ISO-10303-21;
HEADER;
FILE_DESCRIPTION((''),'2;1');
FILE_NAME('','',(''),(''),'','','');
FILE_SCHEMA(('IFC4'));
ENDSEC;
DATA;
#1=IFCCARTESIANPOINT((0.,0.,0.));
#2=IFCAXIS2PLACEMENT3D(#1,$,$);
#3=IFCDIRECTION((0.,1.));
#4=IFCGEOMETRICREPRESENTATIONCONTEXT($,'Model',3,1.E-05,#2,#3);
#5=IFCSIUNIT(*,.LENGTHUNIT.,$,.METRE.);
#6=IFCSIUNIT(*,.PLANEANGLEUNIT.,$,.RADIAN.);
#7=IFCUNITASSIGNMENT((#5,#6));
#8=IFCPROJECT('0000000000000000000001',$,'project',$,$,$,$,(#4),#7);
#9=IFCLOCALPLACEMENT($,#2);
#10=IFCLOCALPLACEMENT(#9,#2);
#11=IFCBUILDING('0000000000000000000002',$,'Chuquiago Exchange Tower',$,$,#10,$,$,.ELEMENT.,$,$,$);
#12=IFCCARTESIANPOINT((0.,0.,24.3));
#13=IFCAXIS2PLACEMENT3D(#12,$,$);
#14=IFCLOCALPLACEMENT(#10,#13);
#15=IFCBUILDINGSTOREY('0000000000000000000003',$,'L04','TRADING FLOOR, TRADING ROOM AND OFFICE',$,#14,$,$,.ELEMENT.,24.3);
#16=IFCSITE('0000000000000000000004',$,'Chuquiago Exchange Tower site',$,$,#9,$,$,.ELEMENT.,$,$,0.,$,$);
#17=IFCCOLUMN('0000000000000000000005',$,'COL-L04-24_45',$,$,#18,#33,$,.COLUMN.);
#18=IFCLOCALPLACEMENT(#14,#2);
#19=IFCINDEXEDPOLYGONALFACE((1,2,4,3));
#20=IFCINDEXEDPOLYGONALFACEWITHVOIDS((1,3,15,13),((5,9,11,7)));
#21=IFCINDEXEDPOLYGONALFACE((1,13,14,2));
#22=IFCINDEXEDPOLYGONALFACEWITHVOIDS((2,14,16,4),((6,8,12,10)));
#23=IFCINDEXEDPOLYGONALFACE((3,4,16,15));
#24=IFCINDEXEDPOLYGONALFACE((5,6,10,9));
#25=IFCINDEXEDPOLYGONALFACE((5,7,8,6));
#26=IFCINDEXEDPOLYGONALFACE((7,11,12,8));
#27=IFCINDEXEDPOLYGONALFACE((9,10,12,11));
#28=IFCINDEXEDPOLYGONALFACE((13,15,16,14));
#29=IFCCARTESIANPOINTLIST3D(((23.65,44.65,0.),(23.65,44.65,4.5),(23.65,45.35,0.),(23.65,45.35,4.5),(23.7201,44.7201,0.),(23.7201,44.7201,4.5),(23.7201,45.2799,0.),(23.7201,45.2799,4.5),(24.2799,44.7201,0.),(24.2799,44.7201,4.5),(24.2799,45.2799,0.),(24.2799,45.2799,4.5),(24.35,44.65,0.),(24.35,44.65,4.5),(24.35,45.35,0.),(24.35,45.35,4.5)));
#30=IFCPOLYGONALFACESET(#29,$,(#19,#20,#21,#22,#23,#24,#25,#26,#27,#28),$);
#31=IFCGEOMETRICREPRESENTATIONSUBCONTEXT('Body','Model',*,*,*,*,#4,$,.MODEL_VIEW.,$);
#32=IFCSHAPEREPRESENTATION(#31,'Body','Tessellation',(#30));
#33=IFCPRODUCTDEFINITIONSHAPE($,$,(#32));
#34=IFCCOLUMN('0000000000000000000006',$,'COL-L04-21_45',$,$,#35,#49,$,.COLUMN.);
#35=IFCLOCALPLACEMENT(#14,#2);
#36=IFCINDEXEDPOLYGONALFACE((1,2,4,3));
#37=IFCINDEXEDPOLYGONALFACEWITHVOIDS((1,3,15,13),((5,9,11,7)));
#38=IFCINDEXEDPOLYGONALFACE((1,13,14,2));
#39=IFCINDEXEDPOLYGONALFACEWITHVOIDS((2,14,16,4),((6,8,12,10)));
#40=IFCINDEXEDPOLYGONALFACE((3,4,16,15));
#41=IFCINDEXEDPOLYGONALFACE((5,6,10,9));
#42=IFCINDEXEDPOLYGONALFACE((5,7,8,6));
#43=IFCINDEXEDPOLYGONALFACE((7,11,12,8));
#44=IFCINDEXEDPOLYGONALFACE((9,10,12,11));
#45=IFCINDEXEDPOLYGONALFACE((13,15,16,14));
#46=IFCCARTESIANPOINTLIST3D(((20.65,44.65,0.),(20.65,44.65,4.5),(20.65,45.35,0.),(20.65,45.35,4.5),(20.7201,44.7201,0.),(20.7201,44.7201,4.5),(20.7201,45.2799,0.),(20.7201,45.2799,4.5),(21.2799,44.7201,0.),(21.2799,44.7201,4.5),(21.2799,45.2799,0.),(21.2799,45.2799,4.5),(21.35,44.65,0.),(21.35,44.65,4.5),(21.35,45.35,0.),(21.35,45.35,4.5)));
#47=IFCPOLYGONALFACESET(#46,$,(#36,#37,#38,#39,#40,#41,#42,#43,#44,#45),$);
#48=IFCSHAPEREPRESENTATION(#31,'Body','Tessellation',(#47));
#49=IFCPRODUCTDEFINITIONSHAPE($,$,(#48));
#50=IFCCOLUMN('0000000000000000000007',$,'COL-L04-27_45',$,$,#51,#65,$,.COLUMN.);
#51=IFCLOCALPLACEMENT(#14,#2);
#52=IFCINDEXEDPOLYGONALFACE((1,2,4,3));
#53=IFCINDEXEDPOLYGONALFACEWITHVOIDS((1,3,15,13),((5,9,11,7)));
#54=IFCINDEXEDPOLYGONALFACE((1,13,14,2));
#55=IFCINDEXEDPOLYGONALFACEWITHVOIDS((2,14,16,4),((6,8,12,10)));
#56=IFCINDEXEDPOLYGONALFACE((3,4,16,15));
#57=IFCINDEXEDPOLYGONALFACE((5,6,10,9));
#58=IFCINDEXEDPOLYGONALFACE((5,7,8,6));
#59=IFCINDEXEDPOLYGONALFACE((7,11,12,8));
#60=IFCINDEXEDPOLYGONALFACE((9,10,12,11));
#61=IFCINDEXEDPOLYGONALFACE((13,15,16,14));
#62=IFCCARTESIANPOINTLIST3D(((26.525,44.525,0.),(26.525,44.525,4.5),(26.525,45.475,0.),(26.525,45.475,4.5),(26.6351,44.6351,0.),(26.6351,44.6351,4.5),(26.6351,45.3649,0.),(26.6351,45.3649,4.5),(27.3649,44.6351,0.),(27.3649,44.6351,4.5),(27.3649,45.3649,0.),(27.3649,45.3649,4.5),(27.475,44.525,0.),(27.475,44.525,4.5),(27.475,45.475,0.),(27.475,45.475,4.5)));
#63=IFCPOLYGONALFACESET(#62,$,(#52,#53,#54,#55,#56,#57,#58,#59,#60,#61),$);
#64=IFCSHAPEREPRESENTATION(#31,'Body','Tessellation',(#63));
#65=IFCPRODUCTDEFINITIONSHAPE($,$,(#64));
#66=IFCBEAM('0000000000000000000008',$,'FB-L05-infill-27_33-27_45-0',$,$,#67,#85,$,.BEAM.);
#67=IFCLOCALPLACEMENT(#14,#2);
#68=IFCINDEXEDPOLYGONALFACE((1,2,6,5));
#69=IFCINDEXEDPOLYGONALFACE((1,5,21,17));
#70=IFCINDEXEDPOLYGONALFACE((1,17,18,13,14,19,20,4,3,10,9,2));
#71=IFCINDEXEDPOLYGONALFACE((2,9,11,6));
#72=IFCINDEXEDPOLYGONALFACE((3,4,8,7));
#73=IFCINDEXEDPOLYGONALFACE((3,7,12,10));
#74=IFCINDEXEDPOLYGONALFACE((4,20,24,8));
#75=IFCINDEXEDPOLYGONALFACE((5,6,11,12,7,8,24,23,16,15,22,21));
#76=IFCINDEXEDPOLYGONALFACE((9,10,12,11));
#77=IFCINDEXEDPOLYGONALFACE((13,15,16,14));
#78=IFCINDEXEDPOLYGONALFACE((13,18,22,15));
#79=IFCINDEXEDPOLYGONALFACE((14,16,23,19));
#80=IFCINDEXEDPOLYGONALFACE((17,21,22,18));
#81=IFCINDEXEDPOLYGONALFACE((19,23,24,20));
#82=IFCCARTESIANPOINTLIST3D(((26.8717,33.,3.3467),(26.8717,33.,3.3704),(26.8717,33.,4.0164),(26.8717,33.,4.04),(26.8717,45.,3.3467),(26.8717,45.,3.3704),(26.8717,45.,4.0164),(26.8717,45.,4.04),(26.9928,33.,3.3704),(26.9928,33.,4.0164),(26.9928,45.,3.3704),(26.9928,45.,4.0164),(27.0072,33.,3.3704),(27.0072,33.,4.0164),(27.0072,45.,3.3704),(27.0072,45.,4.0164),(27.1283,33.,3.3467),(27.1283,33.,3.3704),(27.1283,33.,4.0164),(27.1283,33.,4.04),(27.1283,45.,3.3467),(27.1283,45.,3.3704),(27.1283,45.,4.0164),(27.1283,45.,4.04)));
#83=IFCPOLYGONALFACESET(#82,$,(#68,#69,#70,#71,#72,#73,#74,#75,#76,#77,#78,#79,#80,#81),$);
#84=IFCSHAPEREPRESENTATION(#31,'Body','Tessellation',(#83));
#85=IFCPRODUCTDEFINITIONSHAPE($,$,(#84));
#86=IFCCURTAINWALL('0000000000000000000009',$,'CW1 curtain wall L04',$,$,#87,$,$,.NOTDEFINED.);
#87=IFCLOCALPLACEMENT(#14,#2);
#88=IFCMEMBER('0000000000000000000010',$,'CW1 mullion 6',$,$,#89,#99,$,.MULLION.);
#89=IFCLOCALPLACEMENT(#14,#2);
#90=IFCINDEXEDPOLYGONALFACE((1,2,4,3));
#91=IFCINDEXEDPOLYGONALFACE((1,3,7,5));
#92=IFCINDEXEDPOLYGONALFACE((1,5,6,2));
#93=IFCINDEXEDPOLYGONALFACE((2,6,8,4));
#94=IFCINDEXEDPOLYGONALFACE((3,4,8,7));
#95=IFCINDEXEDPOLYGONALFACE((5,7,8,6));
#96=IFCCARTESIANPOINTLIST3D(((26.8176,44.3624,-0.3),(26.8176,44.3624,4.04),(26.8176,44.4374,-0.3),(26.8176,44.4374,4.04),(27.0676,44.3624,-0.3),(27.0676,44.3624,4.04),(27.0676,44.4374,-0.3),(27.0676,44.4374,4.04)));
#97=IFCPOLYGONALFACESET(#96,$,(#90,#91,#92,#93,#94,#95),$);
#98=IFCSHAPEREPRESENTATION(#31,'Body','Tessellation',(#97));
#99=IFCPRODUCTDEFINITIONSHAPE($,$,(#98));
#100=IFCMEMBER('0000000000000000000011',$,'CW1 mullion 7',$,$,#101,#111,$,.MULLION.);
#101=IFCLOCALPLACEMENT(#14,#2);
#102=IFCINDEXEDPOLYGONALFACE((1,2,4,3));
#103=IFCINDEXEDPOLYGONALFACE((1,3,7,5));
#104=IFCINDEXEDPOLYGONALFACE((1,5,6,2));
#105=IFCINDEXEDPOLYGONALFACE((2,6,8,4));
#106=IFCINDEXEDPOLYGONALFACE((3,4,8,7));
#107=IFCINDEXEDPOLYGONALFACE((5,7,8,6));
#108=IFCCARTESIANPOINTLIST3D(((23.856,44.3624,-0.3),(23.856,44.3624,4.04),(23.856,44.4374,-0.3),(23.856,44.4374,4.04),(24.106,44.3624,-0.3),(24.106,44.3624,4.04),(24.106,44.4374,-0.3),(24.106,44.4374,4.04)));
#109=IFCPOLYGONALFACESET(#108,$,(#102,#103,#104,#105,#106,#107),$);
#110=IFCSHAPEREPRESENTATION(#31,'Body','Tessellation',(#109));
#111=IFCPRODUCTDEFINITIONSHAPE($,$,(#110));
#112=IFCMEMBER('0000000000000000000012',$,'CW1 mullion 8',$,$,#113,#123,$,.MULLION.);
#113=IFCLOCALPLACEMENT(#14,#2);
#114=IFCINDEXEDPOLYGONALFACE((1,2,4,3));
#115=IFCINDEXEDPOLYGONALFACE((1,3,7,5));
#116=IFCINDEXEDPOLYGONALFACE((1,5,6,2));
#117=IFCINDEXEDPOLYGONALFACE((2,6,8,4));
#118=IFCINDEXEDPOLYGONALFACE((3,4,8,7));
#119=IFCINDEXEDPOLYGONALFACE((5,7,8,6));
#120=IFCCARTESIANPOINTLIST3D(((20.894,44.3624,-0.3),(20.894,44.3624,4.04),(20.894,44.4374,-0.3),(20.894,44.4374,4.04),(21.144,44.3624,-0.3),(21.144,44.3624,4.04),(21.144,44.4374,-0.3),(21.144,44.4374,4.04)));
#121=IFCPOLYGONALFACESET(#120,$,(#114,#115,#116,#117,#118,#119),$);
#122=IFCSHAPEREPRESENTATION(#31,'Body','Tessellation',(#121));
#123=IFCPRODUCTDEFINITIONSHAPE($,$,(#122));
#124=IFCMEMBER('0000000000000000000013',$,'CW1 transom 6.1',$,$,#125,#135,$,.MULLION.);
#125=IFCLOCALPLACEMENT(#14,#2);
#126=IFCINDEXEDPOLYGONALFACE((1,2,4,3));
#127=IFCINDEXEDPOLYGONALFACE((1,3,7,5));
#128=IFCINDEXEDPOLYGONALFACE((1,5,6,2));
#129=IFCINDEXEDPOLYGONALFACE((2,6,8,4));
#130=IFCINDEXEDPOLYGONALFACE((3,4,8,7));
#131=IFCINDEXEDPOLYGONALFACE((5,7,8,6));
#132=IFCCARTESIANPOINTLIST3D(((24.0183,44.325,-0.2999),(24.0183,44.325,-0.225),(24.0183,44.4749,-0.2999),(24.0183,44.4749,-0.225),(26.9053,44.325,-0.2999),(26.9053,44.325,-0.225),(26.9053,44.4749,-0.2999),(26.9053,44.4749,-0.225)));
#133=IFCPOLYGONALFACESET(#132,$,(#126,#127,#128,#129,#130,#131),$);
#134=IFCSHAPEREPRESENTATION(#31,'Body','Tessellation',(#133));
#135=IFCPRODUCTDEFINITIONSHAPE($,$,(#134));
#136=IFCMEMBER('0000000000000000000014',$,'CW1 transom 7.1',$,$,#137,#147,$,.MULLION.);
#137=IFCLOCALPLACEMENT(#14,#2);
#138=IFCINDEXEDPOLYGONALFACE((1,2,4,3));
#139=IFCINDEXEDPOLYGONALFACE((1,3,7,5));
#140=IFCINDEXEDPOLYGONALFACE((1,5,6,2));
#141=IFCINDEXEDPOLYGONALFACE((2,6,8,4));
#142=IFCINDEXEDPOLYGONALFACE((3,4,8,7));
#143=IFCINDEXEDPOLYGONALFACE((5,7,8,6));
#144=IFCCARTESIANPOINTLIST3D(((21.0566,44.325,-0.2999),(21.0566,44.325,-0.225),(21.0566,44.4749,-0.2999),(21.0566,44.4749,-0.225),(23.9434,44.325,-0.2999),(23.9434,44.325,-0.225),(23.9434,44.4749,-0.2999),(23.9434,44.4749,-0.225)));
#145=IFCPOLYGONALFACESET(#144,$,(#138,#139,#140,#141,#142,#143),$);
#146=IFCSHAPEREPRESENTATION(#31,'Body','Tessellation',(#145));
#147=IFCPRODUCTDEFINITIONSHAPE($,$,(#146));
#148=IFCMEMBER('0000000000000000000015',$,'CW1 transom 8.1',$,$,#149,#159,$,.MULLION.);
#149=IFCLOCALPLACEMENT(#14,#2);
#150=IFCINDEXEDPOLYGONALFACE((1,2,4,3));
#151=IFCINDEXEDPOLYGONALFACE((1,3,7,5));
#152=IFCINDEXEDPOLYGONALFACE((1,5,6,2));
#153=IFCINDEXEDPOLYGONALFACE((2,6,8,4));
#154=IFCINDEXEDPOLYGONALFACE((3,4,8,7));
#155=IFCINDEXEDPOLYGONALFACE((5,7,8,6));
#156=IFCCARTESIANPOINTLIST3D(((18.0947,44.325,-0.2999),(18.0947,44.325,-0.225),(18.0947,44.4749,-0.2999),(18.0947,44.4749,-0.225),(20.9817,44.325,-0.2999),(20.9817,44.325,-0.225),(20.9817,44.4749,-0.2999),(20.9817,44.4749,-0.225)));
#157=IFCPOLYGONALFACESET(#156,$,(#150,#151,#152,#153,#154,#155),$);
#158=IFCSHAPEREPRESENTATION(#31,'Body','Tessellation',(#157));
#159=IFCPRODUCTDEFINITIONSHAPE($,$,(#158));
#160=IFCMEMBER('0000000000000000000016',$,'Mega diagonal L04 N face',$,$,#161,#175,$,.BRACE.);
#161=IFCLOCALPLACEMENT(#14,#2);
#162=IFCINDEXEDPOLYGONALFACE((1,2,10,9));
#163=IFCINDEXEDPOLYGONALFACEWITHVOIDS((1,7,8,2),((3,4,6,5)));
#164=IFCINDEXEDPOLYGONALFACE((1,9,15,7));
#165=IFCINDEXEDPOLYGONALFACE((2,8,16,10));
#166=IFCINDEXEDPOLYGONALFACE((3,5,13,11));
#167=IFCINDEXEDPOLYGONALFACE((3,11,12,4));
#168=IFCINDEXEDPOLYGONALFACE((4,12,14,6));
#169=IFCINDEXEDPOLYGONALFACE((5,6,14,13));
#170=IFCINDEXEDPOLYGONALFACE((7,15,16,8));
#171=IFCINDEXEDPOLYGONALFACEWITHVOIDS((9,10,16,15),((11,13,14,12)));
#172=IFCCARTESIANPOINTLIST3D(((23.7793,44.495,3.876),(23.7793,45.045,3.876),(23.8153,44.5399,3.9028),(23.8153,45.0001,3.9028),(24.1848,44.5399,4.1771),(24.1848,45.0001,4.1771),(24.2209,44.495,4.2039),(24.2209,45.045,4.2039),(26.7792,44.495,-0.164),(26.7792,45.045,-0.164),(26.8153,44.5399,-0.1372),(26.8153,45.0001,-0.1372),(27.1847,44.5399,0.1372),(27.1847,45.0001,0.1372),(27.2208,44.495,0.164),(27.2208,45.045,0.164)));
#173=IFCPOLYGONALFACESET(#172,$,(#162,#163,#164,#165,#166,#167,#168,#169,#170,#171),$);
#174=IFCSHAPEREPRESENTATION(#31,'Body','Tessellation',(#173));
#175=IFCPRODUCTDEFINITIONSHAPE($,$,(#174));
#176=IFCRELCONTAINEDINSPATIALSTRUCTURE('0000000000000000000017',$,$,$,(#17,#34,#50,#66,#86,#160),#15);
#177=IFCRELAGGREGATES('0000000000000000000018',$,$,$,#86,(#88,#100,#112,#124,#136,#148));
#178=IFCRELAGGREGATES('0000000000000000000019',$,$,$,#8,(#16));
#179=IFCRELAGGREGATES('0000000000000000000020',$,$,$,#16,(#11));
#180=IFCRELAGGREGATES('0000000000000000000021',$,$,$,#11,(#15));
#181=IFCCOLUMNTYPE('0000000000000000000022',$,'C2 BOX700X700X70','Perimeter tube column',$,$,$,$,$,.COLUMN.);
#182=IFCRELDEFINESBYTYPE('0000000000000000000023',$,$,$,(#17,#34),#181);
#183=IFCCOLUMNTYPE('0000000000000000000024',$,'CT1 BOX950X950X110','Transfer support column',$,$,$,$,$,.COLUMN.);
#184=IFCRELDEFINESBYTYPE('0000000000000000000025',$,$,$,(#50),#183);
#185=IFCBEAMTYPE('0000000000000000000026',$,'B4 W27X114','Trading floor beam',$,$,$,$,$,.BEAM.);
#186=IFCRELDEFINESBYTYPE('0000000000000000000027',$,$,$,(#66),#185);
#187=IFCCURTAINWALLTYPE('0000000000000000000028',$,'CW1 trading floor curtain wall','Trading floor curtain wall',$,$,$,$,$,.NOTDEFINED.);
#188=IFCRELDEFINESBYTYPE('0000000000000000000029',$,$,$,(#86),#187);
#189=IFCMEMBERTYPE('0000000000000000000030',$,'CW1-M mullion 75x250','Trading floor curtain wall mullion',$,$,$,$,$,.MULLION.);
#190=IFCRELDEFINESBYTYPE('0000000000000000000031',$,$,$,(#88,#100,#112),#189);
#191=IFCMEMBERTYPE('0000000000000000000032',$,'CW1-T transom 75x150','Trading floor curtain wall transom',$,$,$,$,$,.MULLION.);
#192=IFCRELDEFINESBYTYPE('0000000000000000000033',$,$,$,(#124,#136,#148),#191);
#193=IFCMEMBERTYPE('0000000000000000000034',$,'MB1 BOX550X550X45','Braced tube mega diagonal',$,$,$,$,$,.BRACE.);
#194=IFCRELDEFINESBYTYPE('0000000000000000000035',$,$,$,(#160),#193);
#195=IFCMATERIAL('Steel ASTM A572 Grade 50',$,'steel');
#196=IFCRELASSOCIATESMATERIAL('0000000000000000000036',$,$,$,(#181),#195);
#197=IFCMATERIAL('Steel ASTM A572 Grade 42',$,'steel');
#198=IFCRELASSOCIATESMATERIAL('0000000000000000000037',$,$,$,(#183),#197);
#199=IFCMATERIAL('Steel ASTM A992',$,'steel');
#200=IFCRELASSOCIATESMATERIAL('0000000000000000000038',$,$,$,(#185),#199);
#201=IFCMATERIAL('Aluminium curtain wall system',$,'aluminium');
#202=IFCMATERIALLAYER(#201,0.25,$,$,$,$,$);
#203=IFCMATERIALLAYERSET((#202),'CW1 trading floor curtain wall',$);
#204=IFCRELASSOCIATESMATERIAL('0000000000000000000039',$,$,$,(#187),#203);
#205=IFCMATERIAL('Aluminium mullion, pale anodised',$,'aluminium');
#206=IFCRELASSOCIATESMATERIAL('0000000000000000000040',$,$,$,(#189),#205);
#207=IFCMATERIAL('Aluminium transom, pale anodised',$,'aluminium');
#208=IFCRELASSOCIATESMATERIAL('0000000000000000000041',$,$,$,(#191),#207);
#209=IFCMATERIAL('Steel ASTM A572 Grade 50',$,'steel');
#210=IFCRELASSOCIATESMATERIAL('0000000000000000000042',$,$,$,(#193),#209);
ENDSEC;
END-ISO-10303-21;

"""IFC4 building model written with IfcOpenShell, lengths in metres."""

from ifc_helpers import new_model, si_unit, direction, frame, origin, origin_2d, place, context, subcontext, project, spatial, rectangle, hollow_rectangle, i_section, extrude, material, layer, layer_set, material_profile, profile_set, type_object, element, aggregate, save


model = new_model("IFC4")

# Units and contexts
model_context = context("Model", 3, precision=1e-05, world=origin(), true_north=direction((0.0, 1.0)))
body_context = subcontext(model_context, "Body", "Model", "MODEL_VIEW")
ifc_project = project(units=[si_unit("LENGTHUNIT", "METRE"), si_unit("PLANEANGLEUNIT", "RADIAN")], contexts=[model_context])

# Site, building, storey
site_placement = place(None, origin())
site = spatial("IfcSite", under=ifc_project, at=site_placement, Name="Chuquiago Exchange Tower site", CompositionType="ELEMENT", RefElevation=0.0)
building_placement = place(site_placement, origin())
building = spatial("IfcBuilding", under=site, at=building_placement, Name="Chuquiago Exchange Tower", CompositionType="ELEMENT")
storey_placement = place(building_placement, frame((0.0, 0.0, 24.3)))
storey = spatial("IfcBuildingStorey", under=building, at=storey_placement, Name="L04", Description="TRADING FLOOR, TRADING ROOM AND OFFICE", CompositionType="ELEMENT", Elevation=24.3)

# Columns
ifc_material_1 = material(Name="Steel ASTM A572 Grade 50", Category="steel")
ifc_material_profile_1 = material_profile(ifc_material_1, hollow_rectangle(XDim=0.7, YDim=0.7, WallThickness=0.0701, at=origin_2d()), Name="BOX700X700X70")
ifc_profile_set_1 = profile_set([ifc_material_profile_1], Name="Steel ASTM A572 Grade 50")
column_type_1 = type_object("IfcColumnType", Name="C2 BOX700X700X70", Description="Perimeter tube column", PredefinedType="COLUMN", material=ifc_profile_set_1)
for number, where, z_axis, x_axis, name in (
    (1, (24.0, 45.0, 0.0), (0.0, 0.0, 1.0), (0.0, 1.0, 0.0), "COL-L04-24_45"),
    (2, (21.0, 45.0, 0.0), (0.0, 0.0, 1.0), (0.0, 1.0, 0.0), "COL-L04-21_45"),
):
    element("IfcColumn", number, at=place(storey_placement, frame(where, z_axis=z_axis, x_axis=x_axis)), inside=storey, type_object=column_type_1, Name=name, PredefinedType="COLUMN", context=body_context, shape_type="SweptSolid", body=[
        extrude(hollow_rectangle(XDim=0.7, YDim=0.7, WallThickness=0.0701, at=origin_2d()), origin(), (0.0, 0.0, 1.0), 4.5),
    ])
ifc_material_2 = material(Name="Steel ASTM A572 Grade 42", Category="steel")
ifc_material_profile_2 = material_profile(ifc_material_2, hollow_rectangle(XDim=0.95, YDim=0.95, WallThickness=0.1101, at=origin_2d()), Name="BOX950X950X110")
ifc_profile_set_2 = profile_set([ifc_material_profile_2], Name="Steel ASTM A572 Grade 42")
column_type_2 = type_object("IfcColumnType", Name="CT1 BOX950X950X110", Description="Transfer support column", PredefinedType="COLUMN", material=ifc_profile_set_2)
column_placement = place(storey_placement, frame((27.0, 45.0, 0.0), z_axis=(0.0, 0.0, 1.0), x_axis=(0.0, 1.0, 0.0)))
element("IfcColumn", 3, at=column_placement, inside=storey, type_object=column_type_2, Name="COL-L04-27_45", PredefinedType="COLUMN", context=body_context, shape_type="SweptSolid", body=[
    extrude(hollow_rectangle(XDim=0.95, YDim=0.95, WallThickness=0.1101, at=origin_2d()), origin(), (0.0, 0.0, 1.0), 4.5),
])

# Beam
ifc_material_3 = material(Name="Steel ASTM A992", Category="steel")
ifc_material_profile_3 = material_profile(ifc_material_3, i_section(OverallWidth=0.2566, OverallDepth=0.6934, WebThickness=0.0144, FlangeThickness=0.0237, at=origin_2d()), Name="W27X114")
ifc_profile_set_3 = profile_set([ifc_material_profile_3], Name="Steel ASTM A992")
beam_type_1 = type_object("IfcBeamType", Name="B4 W27X114", Description="Trading floor beam", PredefinedType="BEAM", material=ifc_profile_set_3)
beam_placement = place(storey_placement, frame((27.0, 33.0, 3.6934), z_axis=(0.0, 1.0, 0.0), x_axis=(-1.0, 0.0, 0.0)))
element("IfcBeam", 4, at=beam_placement, inside=storey, type_object=beam_type_1, Name="FB-L05-infill-27_33-27_45-0", PredefinedType="BEAM", context=body_context, shape_type="SweptSolid", body=[
    extrude(i_section(OverallWidth=0.2566, OverallDepth=0.6934, WebThickness=0.0144, FlangeThickness=0.0237, at=origin_2d()), origin(), (0.0, 0.0, 1.0), 12.0),
])

# Curtain wall, members
ifc_material_4 = material(Name="Aluminium curtain wall system", Category="aluminium")
ifc_layer_1 = layer(ifc_material_4, 0.25)
ifc_layer_set_1 = layer_set([ifc_layer_1], Name="CW1 trading floor curtain wall")
curtain_wall_type = type_object("IfcCurtainWallType", Name="CW1 trading floor curtain wall", Description="Trading floor curtain wall", PredefinedType="NOTDEFINED", material=ifc_layer_set_1)
curtain_wall_placement = place(storey_placement, origin())
curtain_wall = element("IfcCurtainWall", 5, at=curtain_wall_placement, inside=storey, type_object=curtain_wall_type, Name="CW1 curtain wall L04", PredefinedType="NOTDEFINED")
ifc_material_5 = material(Name="Aluminium mullion, pale anodised", Category="aluminium")
ifc_material_profile_4 = material_profile(ifc_material_5, rectangle(XDim=0.075, YDim=0.25, at=origin_2d()), Name="AL 75x250")
ifc_profile_set_4 = profile_set([ifc_material_profile_4], Name="Aluminium mullion, pale anodised")
member_type_1 = type_object("IfcMemberType", Name="CW1-M mullion 75x250", Description="Trading floor curtain wall mullion", PredefinedType="MULLION", material=ifc_profile_set_4)
member_1_placement = place(storey_placement, frame((26.9426, 44.3999, -0.3), z_axis=(0.0, 0.0, 1.0), x_axis=(0.0, -1.0, 0.0)))
member_1 = element("IfcMember", 6, at=member_1_placement, type_object=member_type_1, Name="CW1 mullion 6", PredefinedType="MULLION", context=body_context, shape_type="SweptSolid", body=[
    extrude(rectangle(XDim=0.075, YDim=0.25, at=origin_2d()), origin(), (0.0, 0.0, 1.0), 4.3401),
])
member_2_placement = place(storey_placement, frame((23.981, 44.3999, -0.3), z_axis=(0.0, 0.0, 1.0), x_axis=(0.0, -1.0, 0.0)))
member_2 = element("IfcMember", 7, at=member_2_placement, type_object=member_type_1, Name="CW1 mullion 7", PredefinedType="MULLION", context=body_context, shape_type="SweptSolid", body=[
    extrude(rectangle(XDim=0.075, YDim=0.25, at=origin_2d()), origin(), (0.0, 0.0, 1.0), 4.3401),
])
member_3_placement = place(storey_placement, frame((21.019, 44.3999, -0.3), z_axis=(0.0, 0.0, 1.0), x_axis=(0.0, -1.0, 0.0)))
member_3 = element("IfcMember", 8, at=member_3_placement, type_object=member_type_1, Name="CW1 mullion 8", PredefinedType="MULLION", context=body_context, shape_type="SweptSolid", body=[
    extrude(rectangle(XDim=0.075, YDim=0.25, at=origin_2d()), origin(), (0.0, 0.0, 1.0), 4.3401),
])
ifc_material_6 = material(Name="Aluminium transom, pale anodised", Category="aluminium")
ifc_material_profile_5 = material_profile(ifc_material_6, rectangle(XDim=0.1499, YDim=0.075, at=origin_2d()), Name="AL 150x75")
ifc_profile_set_5 = profile_set([ifc_material_profile_5], Name="Aluminium transom, pale anodised")
member_type_2 = type_object("IfcMemberType", Name="CW1-T transom 75x150", Description="Trading floor curtain wall transom", PredefinedType="MULLION", material=ifc_profile_set_5)
member_4_placement = place(storey_placement, frame((26.9053, 44.3999, -0.2625), z_axis=(-1.0, 0.0, 0.0), x_axis=(0.0, -1.0, 0.0)))
member_4 = element("IfcMember", 9, at=member_4_placement, type_object=member_type_2, Name="CW1 transom 6.1", PredefinedType="MULLION", context=body_context, shape_type="SweptSolid", body=[
    extrude(rectangle(XDim=0.1499, YDim=0.075, at=origin_2d()), origin(), (0.0, 0.0, 1.0), 2.887),
])
member_5_placement = place(storey_placement, frame((23.9434, 44.3999, -0.2625), z_axis=(-1.0, 0.0, 0.0), x_axis=(0.0, -1.0, 0.0)))
member_5 = element("IfcMember", 10, at=member_5_placement, type_object=member_type_2, Name="CW1 transom 7.1", PredefinedType="MULLION", context=body_context, shape_type="SweptSolid", body=[
    extrude(rectangle(XDim=0.1499, YDim=0.075, at=origin_2d()), origin(), (0.0, 0.0, 1.0), 2.8867),
])
member_6_placement = place(storey_placement, frame((20.9817, 44.3999, -0.2625), z_axis=(-1.0, 0.0, 0.0), x_axis=(0.0, -1.0, 0.0)))
member_6 = element("IfcMember", 11, at=member_6_placement, type_object=member_type_2, Name="CW1 transom 8.1", PredefinedType="MULLION", context=body_context, shape_type="SweptSolid", body=[
    extrude(rectangle(XDim=0.1499, YDim=0.075, at=origin_2d()), origin(), (0.0, 0.0, 1.0), 2.887),
])

# Member
ifc_material_7 = material(Name="Steel ASTM A572 Grade 50", Category="steel")
ifc_material_profile_6 = material_profile(ifc_material_7, hollow_rectangle(XDim=0.55, YDim=0.55, WallThickness=0.0449, at=origin_2d()), Name="BOX550X550X45")
ifc_profile_set_6 = profile_set([ifc_material_profile_6], Name="Steel ASTM A572 Grade 50")
member_type_3 = type_object("IfcMemberType", Name="MB1 BOX550X550X45", Description="Braced tube mega diagonal", PredefinedType="BRACE", material=ifc_profile_set_6)
for number, where, z_axis, x_axis, name in (
    (12, (27.0, 44.77, 0.0), (-0.596174, 0.0, 0.802855), (0.0, -1.0, 0.0), "Mega diagonal L04 N face"),
):
    element("IfcMember", number, at=place(storey_placement, frame(where, z_axis=z_axis, x_axis=x_axis)), inside=storey, type_object=member_type_3, Name=name, PredefinedType="BRACE", context=body_context, shape_type="SweptSolid", body=[
        extrude(hollow_rectangle(XDim=0.55, YDim=0.55, WallThickness=0.0449, at=origin_2d()), origin(), (0.0, 0.0, 1.0), 5.032),
    ])

aggregate(curtain_wall, [member_1, member_2, member_3, member_4, member_5, member_6])

save(model, "model.ifc")
